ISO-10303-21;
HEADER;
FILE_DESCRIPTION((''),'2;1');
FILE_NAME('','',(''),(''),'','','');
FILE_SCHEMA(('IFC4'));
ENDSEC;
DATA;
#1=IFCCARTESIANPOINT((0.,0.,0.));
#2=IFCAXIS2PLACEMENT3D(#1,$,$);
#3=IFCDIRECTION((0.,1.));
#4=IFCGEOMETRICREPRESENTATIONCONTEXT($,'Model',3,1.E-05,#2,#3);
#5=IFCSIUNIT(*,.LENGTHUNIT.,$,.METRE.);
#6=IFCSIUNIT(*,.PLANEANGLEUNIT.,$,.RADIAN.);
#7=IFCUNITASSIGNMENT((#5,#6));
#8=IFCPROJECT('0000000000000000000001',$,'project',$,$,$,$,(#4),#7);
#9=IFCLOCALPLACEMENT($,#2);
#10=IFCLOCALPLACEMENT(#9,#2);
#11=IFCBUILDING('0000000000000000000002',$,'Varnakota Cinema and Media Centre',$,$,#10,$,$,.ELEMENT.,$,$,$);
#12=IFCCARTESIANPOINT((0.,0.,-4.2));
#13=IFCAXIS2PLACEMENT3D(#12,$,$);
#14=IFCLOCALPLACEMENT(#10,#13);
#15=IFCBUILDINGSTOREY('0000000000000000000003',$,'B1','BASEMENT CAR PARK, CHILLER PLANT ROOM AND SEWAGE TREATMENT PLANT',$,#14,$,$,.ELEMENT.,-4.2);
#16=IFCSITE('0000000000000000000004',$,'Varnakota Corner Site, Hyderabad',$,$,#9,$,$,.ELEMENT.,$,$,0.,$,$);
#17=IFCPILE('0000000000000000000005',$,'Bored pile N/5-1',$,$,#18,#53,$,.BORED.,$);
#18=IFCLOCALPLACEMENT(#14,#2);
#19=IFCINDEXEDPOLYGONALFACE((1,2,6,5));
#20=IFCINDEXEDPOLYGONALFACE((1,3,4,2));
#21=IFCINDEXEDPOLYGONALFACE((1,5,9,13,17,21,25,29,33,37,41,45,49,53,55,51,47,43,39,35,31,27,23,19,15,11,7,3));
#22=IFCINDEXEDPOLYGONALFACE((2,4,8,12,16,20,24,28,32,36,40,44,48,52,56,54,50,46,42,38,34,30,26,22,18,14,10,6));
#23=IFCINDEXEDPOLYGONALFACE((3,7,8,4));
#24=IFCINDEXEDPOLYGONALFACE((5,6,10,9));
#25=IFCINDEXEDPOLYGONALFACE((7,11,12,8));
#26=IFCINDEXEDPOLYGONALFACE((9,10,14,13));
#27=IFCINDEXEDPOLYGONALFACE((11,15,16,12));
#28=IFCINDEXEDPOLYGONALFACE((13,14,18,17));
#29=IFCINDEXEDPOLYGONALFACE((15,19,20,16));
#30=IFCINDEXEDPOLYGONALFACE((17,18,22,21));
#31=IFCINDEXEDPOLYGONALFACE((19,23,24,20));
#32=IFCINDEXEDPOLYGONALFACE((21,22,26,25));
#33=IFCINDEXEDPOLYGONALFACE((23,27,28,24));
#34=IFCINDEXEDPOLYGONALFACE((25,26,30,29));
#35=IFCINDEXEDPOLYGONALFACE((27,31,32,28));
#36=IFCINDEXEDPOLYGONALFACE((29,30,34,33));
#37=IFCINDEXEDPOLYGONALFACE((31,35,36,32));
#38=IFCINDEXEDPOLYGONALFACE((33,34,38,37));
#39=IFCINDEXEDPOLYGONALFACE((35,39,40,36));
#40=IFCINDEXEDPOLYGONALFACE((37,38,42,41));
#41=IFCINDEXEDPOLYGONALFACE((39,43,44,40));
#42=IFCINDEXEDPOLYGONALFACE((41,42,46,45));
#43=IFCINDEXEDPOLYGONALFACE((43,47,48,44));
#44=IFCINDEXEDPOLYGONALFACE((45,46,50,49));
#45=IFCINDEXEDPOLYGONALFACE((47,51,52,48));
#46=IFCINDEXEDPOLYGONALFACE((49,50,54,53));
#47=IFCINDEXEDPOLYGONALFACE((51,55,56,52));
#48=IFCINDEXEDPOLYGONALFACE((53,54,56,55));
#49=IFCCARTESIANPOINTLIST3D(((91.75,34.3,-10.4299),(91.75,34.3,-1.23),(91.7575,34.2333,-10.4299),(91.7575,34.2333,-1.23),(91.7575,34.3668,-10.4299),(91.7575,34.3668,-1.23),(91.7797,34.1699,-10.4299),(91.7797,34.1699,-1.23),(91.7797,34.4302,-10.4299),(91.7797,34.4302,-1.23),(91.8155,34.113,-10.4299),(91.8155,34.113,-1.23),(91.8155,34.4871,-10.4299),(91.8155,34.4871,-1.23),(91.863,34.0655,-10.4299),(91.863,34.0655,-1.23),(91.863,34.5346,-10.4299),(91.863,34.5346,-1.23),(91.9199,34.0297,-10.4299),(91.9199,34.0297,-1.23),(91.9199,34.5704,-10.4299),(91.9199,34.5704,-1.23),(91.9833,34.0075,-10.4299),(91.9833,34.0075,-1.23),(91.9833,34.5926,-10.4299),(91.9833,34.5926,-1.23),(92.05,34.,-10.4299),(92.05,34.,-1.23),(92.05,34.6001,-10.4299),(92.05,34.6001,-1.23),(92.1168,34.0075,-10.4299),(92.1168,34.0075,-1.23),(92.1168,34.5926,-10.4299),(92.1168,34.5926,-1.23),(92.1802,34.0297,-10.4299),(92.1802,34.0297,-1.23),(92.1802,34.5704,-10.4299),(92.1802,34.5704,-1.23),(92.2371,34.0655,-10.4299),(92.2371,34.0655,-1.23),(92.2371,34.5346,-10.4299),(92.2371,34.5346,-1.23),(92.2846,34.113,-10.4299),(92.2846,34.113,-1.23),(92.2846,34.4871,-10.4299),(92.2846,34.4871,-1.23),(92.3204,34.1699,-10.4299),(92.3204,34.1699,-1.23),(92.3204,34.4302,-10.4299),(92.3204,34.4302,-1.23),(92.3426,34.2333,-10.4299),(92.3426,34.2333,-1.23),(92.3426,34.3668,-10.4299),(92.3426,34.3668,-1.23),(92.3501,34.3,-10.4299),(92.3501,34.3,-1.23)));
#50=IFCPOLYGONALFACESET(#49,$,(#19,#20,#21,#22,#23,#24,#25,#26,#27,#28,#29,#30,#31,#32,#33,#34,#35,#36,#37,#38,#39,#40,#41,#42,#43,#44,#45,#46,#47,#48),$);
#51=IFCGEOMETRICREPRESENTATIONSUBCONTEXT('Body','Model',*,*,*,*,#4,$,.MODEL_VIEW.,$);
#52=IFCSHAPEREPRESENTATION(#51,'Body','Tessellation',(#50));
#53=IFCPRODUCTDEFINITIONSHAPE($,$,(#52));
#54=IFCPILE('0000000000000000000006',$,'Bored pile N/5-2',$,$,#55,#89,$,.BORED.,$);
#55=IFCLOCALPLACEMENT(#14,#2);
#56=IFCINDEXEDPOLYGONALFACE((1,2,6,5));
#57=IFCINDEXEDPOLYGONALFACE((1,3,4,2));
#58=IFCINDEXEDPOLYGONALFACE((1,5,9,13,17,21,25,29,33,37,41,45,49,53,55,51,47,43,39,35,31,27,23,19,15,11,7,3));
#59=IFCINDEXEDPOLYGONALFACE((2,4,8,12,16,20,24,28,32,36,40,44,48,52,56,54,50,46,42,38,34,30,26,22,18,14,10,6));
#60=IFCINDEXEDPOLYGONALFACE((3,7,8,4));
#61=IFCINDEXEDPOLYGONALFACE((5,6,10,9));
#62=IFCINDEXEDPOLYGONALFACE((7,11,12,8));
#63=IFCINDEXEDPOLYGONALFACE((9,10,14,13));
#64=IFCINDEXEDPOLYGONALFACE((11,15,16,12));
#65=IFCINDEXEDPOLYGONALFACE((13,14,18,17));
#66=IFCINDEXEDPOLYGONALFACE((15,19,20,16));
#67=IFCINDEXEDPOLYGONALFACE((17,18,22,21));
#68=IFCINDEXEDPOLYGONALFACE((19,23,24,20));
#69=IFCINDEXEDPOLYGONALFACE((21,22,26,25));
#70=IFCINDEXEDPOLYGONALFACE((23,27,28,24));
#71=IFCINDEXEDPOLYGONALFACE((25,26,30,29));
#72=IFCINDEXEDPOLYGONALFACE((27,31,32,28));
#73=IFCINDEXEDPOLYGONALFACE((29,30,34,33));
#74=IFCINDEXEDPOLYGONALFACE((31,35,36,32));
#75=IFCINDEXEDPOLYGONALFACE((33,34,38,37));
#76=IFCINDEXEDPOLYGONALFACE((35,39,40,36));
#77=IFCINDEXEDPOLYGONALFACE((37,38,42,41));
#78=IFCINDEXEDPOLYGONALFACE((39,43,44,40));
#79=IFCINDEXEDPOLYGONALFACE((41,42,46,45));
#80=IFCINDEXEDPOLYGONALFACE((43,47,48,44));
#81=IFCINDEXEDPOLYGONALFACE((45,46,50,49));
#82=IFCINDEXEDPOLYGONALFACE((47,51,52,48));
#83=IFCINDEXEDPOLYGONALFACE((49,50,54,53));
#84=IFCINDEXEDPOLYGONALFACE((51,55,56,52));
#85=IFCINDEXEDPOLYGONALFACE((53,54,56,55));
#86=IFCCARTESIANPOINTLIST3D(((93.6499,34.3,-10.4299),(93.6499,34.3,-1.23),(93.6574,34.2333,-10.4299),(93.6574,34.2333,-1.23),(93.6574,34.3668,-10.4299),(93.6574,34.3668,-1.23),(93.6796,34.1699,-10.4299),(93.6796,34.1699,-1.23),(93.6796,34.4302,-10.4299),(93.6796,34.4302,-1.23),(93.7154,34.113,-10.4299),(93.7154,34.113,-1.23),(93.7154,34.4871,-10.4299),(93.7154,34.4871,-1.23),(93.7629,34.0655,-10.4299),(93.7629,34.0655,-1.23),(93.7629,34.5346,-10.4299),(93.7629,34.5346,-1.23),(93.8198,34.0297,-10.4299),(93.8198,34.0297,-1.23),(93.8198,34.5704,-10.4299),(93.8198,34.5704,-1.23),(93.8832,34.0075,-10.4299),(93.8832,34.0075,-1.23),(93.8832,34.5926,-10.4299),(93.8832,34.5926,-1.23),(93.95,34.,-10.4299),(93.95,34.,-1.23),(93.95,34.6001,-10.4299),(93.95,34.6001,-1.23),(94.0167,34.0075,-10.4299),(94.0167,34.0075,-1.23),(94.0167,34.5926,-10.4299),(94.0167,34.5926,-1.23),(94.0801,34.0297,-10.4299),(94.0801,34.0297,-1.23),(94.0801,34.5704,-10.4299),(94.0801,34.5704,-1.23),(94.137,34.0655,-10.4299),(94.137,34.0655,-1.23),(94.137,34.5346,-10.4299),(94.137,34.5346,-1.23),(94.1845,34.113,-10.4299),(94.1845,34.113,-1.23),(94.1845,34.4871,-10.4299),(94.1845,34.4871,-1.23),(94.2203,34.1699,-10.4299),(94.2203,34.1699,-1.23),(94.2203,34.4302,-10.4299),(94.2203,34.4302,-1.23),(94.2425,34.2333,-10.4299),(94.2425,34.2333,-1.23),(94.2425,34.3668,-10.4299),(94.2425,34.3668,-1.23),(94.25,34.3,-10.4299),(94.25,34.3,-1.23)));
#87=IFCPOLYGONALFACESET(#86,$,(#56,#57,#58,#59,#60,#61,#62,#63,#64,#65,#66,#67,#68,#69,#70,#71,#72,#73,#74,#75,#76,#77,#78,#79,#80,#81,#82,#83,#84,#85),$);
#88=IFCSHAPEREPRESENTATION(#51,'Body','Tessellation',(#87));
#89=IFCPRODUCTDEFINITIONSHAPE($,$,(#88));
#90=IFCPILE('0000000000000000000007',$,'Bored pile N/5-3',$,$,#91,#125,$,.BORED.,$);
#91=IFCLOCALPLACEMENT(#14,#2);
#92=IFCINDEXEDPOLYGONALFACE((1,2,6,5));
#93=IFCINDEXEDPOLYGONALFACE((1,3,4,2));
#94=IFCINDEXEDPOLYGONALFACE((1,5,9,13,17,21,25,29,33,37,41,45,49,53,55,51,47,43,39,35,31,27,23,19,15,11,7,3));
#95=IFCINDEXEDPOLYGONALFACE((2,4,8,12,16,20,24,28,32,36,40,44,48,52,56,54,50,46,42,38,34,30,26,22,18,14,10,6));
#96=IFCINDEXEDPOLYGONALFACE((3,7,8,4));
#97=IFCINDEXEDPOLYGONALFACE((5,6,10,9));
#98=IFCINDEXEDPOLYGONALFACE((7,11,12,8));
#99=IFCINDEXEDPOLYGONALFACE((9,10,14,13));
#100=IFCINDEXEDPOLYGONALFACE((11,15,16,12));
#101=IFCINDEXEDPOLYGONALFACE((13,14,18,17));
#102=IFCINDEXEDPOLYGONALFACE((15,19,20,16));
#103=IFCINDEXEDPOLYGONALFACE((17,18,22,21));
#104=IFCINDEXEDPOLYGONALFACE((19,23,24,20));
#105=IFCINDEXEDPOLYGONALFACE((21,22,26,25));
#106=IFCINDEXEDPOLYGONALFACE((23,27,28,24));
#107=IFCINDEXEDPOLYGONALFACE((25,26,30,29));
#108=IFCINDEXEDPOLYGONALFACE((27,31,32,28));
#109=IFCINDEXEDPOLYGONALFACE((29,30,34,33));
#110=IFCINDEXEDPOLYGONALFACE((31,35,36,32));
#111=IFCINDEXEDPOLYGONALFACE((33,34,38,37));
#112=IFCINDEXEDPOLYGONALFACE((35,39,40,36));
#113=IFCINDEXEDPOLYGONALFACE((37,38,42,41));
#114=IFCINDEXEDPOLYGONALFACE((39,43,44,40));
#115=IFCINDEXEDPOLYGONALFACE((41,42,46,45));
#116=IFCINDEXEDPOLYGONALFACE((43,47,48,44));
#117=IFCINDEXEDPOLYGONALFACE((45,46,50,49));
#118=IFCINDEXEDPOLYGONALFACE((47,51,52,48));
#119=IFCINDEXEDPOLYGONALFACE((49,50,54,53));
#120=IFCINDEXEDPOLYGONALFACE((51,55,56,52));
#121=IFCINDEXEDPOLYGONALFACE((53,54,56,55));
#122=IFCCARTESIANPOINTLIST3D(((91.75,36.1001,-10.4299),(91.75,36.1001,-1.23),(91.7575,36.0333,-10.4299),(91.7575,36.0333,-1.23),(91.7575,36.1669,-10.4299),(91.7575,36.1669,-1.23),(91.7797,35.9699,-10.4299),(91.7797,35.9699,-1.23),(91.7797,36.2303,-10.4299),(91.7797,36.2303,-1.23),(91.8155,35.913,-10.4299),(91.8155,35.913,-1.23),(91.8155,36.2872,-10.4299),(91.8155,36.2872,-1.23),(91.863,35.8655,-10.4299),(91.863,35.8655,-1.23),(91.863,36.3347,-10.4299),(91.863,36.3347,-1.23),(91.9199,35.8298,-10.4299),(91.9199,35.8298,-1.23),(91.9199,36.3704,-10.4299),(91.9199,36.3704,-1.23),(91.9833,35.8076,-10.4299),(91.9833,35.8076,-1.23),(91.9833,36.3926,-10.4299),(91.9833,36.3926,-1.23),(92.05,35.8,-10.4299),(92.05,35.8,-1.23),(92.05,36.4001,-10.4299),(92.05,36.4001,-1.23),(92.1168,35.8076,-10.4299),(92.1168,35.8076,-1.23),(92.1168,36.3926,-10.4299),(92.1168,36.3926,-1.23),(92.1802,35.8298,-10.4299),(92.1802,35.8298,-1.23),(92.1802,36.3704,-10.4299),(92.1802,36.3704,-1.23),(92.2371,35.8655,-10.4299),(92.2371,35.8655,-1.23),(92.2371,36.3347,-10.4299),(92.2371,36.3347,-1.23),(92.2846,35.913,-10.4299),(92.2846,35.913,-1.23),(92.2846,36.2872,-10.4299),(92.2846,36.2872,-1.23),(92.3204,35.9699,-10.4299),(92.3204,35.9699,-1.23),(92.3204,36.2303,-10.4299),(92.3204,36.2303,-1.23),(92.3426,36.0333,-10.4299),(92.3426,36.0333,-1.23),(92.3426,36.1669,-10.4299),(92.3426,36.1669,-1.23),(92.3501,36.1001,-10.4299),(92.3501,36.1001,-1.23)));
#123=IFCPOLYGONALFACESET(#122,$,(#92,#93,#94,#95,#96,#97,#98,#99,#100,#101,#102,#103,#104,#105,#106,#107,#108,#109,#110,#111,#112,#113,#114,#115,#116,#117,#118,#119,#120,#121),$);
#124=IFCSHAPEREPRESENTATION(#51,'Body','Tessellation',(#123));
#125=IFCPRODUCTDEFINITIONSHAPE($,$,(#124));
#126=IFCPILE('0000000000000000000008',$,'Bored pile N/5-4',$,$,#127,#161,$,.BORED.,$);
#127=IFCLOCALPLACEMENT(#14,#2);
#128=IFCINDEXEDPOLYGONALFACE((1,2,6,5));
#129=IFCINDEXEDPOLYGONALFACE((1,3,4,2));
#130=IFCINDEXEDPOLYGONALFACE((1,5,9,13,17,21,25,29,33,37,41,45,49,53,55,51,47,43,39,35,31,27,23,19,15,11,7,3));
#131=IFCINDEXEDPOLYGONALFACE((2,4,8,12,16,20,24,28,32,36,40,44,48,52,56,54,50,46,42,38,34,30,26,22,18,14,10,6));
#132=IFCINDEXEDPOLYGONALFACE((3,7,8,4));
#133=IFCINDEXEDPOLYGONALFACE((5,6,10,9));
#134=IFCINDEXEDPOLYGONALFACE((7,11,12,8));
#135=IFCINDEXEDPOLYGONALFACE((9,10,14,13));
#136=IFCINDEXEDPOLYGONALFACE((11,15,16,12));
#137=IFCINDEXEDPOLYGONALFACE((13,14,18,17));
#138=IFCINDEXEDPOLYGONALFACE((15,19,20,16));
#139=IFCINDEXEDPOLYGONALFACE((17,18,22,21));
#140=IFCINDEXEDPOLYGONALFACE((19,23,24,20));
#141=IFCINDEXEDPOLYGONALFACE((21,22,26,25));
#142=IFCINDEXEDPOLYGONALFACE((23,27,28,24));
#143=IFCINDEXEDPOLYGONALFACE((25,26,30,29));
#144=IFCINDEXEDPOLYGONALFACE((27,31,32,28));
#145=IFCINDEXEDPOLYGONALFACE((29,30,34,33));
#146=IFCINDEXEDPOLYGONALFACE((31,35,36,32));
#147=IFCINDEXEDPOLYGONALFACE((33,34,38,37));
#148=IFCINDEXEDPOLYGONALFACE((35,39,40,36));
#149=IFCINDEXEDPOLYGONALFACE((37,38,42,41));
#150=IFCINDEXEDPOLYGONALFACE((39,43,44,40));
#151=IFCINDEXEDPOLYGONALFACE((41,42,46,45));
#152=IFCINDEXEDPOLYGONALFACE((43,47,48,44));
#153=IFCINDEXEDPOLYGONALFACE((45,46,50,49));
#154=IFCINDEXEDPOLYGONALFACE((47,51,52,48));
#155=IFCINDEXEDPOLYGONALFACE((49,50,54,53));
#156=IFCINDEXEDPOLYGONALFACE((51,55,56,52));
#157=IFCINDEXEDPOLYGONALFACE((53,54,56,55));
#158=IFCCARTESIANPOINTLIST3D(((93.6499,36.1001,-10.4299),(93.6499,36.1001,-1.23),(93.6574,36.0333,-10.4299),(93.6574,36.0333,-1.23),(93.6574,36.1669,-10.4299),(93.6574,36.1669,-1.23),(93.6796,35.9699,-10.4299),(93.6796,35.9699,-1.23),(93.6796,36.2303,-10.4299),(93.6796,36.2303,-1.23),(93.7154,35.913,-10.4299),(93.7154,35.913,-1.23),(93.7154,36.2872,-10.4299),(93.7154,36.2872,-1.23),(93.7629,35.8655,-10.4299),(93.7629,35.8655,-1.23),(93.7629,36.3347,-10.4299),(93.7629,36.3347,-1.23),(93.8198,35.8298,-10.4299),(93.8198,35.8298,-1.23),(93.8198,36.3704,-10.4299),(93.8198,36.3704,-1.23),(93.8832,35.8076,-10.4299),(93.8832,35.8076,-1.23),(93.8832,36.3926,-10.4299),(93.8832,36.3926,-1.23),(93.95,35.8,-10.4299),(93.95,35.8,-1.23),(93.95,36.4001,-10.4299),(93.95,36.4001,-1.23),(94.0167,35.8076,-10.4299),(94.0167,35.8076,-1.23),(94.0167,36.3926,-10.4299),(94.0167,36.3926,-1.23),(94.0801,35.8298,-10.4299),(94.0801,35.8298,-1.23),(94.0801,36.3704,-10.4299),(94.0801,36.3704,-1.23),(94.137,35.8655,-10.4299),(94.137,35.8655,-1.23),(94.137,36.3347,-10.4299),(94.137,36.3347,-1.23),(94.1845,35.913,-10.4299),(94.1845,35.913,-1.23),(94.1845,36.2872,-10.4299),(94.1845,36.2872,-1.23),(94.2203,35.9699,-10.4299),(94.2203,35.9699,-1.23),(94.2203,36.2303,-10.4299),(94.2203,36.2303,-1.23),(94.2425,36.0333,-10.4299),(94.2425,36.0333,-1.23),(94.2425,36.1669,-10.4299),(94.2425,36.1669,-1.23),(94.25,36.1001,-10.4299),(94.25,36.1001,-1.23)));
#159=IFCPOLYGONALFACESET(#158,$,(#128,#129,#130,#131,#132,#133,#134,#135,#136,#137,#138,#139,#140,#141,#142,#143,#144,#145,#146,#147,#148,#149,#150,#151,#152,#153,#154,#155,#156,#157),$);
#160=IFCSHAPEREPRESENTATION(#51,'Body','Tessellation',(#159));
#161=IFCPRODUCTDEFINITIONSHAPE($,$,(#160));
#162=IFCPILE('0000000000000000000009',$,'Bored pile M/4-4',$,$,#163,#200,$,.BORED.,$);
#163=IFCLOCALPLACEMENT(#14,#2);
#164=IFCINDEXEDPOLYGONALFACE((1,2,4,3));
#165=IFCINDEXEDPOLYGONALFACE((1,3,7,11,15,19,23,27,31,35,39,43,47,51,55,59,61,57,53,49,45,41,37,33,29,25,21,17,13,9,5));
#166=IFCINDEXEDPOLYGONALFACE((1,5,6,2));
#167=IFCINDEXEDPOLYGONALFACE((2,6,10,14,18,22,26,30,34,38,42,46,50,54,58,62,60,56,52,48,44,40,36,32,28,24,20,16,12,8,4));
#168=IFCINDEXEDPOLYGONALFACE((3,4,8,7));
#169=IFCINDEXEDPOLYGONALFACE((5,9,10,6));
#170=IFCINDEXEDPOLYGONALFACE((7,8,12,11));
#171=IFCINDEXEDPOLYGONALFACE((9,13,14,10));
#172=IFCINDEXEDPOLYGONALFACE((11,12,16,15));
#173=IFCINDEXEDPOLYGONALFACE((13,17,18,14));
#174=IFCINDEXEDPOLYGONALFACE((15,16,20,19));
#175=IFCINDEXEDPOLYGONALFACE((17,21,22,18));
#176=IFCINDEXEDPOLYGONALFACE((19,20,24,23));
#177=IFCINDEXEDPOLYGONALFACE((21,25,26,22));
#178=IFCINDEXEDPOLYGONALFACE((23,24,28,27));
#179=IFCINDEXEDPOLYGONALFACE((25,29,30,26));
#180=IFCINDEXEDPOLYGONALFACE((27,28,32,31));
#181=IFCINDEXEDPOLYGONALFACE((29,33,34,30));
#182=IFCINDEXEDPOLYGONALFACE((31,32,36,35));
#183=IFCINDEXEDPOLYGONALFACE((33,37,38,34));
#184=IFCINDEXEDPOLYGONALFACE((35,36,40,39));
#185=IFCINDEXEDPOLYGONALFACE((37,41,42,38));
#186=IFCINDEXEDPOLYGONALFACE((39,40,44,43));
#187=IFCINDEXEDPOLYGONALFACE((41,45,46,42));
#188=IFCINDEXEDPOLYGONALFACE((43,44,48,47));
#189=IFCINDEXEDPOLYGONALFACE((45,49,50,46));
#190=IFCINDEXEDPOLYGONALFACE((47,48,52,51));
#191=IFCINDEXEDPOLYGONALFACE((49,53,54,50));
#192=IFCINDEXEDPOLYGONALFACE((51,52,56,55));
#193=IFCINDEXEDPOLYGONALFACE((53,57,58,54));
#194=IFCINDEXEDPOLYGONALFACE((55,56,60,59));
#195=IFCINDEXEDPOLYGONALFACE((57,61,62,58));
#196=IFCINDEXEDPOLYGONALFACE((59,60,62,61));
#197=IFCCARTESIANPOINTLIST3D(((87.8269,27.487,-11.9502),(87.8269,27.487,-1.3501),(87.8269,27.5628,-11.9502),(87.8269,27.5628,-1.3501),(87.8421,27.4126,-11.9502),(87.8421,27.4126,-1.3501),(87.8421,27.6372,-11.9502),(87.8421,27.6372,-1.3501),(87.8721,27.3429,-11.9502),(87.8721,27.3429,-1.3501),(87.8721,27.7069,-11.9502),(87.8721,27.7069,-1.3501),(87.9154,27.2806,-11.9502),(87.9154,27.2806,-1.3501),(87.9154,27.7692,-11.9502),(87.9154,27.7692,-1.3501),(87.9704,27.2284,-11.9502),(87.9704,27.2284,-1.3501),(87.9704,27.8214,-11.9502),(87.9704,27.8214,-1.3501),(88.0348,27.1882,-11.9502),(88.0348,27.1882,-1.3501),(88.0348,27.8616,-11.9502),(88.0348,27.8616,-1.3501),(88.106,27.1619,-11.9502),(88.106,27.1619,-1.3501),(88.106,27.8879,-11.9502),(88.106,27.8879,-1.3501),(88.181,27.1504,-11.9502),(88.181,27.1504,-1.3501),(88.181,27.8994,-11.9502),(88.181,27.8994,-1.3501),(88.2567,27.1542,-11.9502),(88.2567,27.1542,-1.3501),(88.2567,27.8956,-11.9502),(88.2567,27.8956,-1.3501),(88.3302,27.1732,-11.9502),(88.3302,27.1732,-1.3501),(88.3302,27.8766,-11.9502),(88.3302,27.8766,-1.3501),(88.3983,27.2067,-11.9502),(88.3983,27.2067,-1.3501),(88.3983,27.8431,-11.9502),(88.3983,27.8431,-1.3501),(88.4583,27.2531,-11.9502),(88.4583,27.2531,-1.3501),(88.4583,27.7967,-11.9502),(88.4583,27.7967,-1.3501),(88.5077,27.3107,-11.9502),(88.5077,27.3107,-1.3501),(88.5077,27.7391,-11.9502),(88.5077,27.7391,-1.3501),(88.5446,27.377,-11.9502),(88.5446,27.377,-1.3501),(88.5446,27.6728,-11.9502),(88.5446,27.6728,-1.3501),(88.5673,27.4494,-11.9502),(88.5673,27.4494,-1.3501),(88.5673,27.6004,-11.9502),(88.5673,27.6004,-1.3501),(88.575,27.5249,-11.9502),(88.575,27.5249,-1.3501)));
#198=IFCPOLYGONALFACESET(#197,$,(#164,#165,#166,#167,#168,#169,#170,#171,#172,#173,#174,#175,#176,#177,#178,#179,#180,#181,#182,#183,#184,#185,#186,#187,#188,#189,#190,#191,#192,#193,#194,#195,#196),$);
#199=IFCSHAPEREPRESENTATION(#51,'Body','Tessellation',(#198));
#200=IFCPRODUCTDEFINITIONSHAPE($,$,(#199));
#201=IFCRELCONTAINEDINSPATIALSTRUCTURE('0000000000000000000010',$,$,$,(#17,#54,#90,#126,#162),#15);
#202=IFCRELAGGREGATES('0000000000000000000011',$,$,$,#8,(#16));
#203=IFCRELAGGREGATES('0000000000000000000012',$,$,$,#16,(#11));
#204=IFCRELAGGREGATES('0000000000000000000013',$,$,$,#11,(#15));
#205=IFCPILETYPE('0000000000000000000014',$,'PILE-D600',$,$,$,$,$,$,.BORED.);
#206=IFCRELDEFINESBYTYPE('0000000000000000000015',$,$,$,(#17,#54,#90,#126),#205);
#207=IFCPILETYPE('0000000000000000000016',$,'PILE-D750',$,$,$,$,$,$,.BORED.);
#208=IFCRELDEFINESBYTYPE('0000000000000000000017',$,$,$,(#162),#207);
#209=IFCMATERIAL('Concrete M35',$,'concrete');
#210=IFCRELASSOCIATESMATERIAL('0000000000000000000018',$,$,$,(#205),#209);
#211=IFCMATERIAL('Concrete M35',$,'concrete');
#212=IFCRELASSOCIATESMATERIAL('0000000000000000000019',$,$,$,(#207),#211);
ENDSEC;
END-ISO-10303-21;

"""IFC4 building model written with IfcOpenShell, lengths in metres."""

from ifc_helpers import new_model, si_unit, direction, frame, origin, origin_2d, place, context, subcontext, project, spatial, circle, extrude, material, material_profile, profile_set, type_object, element, save


model = new_model("IFC4")

# Units and contexts
model_context = context("Model", 3, precision=1e-05, world=origin(), true_north=direction((0.0, 1.0)))
body_context = subcontext(model_context, "Body", "Model", "MODEL_VIEW")
ifc_project = project(units=[si_unit("LENGTHUNIT", "METRE"), si_unit("PLANEANGLEUNIT", "RADIAN")], contexts=[model_context])

# Site, building, storey
site_placement = place(None, origin())
site = spatial("IfcSite", under=ifc_project, at=site_placement, Name="Varnakota Corner Site, Hyderabad", CompositionType="ELEMENT", RefElevation=0.0)
building_placement = place(site_placement, origin())
building = spatial("IfcBuilding", under=site, at=building_placement, Name="Varnakota Cinema and Media Centre", CompositionType="ELEMENT")
storey_placement = place(building_placement, frame((0.0, 0.0, -4.2)))
storey = spatial("IfcBuildingStorey", under=building, at=storey_placement, Name="B1", Description="BASEMENT CAR PARK, CHILLER PLANT ROOM AND SEWAGE TREATMENT PLANT", CompositionType="ELEMENT", Elevation=-4.2)

# Piles
ifc_material_1 = material(Name="Concrete M35", Category="concrete")
ifc_material_profile_1 = material_profile(ifc_material_1, circle(Radius=0.3, at=origin_2d()), Name="PILE D600")
ifc_profile_set_1 = profile_set([ifc_material_profile_1], Name="Concrete M35")
pile_type_1 = type_object("IfcPileType", Name="PILE-D600", PredefinedType="BORED", material=ifc_profile_set_1)
for number, where, z_axis, x_axis, name in (
    (1, (92.05, 34.3, -1.23), (0.0, 0.0, -1.0), (1.0, 0.0, 0.0), "Bored pile N/5-1"),
    (2, (93.95, 34.3, -1.23), (0.0, 0.0, -1.0), (1.0, 0.0, 0.0), "Bored pile N/5-2"),
    (3, (92.05, 36.1001, -1.23), (0.0, 0.0, -1.0), (1.0, 0.0, 0.0), "Bored pile N/5-3"),
    (4, (93.95, 36.1001, -1.23), (0.0, 0.0, -1.0), (1.0, 0.0, 0.0), "Bored pile N/5-4"),
):
    element("IfcPile", number, at=place(storey_placement, frame(where, z_axis=z_axis, x_axis=x_axis)), inside=storey, type_object=pile_type_1, Name=name, PredefinedType="BORED", context=body_context, shape_type="SweptSolid", body=[
        extrude(circle(Radius=0.3, at=origin_2d()), origin(), (0.0, 0.0, 1.0), 9.2),
    ])
ifc_material_2 = material(Name="Concrete M35", Category="concrete")
ifc_material_profile_2 = material_profile(ifc_material_2, circle(Radius=0.375, at=origin_2d()), Name="PILE D750")
ifc_profile_set_2 = profile_set([ifc_material_profile_2], Name="Concrete M35")
pile_type_2 = type_object("IfcPileType", Name="PILE-D750", PredefinedType="BORED", material=ifc_profile_set_2)
pile_placement = place(storey_placement, frame((88.2, 27.5249, -1.3501), z_axis=(0.0, 0.0, -1.0), x_axis=(1.0, 0.0, 0.0)))
element("IfcPile", 5, at=pile_placement, inside=storey, type_object=pile_type_2, Name="Bored pile M/4-4", PredefinedType="BORED", context=body_context, shape_type="SweptSolid", body=[
    extrude(circle(Radius=0.375, at=origin_2d()), origin(), (0.0, 0.0, 1.0), 10.6001),
])

save(model, "model.ifc")
